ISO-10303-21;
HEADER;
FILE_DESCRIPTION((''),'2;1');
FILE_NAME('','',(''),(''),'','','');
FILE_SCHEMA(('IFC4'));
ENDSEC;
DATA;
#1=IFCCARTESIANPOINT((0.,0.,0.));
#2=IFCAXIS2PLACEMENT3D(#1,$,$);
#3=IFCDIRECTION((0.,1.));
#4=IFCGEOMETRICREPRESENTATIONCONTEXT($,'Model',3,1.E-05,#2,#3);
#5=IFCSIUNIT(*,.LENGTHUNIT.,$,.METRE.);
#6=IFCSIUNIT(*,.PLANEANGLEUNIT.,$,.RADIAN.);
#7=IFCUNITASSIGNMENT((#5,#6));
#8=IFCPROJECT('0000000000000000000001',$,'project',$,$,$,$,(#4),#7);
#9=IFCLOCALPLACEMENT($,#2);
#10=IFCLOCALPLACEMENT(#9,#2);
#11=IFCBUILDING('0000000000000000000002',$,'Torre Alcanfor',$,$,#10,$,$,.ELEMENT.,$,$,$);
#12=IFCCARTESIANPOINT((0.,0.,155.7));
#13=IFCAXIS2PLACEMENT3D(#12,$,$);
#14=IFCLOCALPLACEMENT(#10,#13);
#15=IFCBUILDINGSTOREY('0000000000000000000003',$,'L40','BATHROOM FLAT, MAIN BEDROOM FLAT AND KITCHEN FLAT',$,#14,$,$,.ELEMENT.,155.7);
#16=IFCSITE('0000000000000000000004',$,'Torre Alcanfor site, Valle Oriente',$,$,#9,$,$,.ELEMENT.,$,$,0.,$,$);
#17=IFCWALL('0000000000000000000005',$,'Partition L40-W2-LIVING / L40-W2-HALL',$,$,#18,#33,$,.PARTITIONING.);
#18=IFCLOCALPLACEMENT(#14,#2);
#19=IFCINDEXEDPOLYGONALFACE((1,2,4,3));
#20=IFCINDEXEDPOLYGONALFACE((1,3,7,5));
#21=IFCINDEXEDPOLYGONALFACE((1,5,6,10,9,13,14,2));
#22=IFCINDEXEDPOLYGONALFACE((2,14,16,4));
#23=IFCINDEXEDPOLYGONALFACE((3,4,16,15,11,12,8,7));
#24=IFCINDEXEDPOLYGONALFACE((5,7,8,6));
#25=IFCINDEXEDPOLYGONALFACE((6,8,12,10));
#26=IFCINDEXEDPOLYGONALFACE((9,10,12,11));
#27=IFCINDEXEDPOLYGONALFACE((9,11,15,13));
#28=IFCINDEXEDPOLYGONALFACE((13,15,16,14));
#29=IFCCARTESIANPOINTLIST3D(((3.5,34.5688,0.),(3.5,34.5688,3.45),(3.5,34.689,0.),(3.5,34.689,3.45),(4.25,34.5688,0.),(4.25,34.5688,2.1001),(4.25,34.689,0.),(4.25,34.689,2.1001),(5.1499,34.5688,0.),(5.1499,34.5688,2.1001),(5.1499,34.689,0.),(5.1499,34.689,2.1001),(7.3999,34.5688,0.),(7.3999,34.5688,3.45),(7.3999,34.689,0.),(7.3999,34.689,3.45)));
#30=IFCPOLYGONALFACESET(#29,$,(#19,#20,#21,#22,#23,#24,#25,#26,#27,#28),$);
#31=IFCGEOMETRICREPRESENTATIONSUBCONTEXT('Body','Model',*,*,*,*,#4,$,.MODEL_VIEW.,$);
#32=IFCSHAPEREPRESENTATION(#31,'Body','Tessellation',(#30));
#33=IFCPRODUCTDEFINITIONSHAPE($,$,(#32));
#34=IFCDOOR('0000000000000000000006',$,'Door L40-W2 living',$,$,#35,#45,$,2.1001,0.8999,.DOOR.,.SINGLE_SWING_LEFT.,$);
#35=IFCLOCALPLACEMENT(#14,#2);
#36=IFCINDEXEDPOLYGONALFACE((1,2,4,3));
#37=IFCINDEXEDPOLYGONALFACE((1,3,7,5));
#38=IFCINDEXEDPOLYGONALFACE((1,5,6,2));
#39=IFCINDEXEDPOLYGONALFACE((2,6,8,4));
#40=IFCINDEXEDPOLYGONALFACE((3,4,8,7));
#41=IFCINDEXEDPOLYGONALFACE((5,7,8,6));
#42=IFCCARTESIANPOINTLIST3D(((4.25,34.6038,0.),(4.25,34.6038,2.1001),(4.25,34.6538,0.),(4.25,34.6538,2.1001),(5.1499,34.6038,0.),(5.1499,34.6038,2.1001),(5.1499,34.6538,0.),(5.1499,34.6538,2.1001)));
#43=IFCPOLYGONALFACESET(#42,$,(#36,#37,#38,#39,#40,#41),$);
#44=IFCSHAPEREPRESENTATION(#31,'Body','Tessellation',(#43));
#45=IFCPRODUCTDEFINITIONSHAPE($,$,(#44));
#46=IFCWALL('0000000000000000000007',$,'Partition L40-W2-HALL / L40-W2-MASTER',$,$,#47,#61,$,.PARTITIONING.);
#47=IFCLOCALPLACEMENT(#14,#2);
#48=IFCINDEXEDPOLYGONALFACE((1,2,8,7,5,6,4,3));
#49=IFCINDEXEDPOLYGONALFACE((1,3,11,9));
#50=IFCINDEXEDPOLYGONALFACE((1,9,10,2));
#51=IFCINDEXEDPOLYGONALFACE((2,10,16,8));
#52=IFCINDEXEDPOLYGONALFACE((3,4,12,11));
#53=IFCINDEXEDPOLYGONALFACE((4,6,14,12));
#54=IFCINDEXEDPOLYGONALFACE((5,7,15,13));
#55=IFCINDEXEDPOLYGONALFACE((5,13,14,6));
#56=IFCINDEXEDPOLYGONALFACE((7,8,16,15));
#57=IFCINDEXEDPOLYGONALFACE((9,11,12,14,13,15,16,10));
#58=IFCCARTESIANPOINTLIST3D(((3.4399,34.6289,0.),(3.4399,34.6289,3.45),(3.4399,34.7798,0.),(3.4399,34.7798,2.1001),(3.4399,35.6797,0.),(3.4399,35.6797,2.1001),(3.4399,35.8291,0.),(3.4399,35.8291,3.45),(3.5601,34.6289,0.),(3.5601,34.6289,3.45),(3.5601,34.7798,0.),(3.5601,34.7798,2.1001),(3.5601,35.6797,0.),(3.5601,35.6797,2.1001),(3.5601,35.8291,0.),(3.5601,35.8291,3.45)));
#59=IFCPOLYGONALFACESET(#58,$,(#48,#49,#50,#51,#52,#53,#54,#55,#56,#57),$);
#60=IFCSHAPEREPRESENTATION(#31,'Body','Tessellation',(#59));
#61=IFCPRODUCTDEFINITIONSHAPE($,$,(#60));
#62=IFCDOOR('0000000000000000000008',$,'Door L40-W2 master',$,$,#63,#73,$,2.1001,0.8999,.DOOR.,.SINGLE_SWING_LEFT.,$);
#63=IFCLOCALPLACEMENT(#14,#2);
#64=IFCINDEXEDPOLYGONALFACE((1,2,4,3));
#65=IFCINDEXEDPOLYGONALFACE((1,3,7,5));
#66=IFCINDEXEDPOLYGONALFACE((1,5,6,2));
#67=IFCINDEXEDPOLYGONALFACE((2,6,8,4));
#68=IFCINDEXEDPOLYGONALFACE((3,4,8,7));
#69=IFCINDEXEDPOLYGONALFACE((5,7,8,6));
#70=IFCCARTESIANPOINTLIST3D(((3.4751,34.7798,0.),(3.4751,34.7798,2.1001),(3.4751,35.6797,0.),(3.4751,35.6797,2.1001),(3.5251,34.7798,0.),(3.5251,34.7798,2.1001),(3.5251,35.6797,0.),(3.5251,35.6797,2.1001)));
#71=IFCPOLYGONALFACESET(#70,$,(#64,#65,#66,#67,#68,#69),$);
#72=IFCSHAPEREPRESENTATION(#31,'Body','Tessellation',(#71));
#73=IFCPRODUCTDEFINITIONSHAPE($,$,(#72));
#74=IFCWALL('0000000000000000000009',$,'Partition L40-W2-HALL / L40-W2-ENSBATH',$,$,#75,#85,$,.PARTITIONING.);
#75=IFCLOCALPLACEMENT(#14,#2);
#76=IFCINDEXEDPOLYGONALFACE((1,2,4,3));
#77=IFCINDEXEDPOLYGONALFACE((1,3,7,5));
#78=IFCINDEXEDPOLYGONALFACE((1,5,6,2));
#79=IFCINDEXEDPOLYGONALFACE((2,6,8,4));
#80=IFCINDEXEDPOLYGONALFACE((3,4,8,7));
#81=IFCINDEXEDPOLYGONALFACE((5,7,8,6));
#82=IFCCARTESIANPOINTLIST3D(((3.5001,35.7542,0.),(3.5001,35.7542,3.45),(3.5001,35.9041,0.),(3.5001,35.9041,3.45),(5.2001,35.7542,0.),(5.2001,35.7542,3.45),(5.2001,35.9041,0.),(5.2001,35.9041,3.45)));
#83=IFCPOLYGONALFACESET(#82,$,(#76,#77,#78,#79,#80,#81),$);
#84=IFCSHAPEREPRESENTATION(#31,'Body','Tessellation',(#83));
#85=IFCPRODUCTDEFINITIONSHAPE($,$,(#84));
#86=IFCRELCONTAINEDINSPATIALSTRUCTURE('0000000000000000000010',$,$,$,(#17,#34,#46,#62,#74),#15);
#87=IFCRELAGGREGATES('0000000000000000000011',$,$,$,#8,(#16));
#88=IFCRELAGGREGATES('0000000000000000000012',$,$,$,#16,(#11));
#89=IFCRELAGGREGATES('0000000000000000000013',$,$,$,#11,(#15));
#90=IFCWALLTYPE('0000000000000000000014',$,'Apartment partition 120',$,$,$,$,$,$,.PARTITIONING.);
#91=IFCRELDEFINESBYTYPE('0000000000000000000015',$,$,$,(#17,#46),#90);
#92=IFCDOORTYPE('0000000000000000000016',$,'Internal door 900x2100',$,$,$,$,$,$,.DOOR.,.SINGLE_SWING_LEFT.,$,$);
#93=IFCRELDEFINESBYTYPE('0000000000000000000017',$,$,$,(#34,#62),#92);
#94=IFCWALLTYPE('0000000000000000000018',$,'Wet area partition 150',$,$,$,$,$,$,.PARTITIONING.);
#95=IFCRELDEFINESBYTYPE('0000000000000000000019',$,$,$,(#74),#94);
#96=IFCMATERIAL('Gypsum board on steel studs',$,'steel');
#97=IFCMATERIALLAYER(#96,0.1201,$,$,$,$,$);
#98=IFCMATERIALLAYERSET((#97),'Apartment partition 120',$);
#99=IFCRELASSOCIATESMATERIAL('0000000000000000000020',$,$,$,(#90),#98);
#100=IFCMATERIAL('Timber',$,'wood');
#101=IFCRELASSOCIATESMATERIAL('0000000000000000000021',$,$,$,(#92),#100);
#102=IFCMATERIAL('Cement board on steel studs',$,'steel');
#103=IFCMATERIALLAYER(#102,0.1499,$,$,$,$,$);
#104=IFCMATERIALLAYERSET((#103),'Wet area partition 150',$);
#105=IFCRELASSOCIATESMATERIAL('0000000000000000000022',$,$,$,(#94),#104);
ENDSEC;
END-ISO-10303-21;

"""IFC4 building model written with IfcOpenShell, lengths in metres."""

from ifc_helpers import new_model, si_unit, direction, frame, frame_2d, origin, place, context, subcontext, project, spatial, rectangle, extrude, material, layer, layer_set, type_object, element, fill, save


model = new_model("IFC4")

# Units and contexts
model_context = context("Model", 3, precision=1e-05, world=origin(), true_north=direction((0.0, 1.0)))
body_context = subcontext(model_context, "Body", "Model", "MODEL_VIEW")
ifc_project = project(units=[si_unit("LENGTHUNIT", "METRE"), si_unit("PLANEANGLEUNIT", "RADIAN")], contexts=[model_context])

# Site, building, storey
site_placement = place(None, origin())
site = spatial("IfcSite", under=ifc_project, at=site_placement, Name="Torre Alcanfor site, Valle Oriente", CompositionType="ELEMENT", RefElevation=0.0)
building_placement = place(site_placement, origin())
building = spatial("IfcBuilding", under=site, at=building_placement, Name="Torre Alcanfor", CompositionType="ELEMENT")
storey_placement = place(building_placement, frame((0.0, 0.0, 155.7)))
storey = spatial("IfcBuildingStorey", under=building, at=storey_placement, Name="L40", Description="BATHROOM FLAT, MAIN BEDROOM FLAT AND KITCHEN FLAT", CompositionType="ELEMENT", Elevation=155.7)

# Walls, openings, doors
ifc_material_1 = material(Name="Gypsum board on steel studs", Category="steel")
ifc_layer_1 = layer(ifc_material_1, 0.1201)
ifc_layer_set_1 = layer_set([ifc_layer_1], Name="Apartment partition 120")
wall_type_1 = type_object("IfcWallType", Name="Apartment partition 120", PredefinedType="PARTITIONING", material=ifc_layer_set_1)
wall_1_placement = place(storey_placement, frame((3.5, 34.6289, 0.0), z_axis=(0.0, 0.0, 1.0), x_axis=(1.0, 0.0, 0.0)))
wall_1 = element("IfcWall", 1, at=wall_1_placement, inside=storey, type_object=wall_type_1, Name="Partition L40-W2-LIVING / L40-W2-HALL", PredefinedType="PARTITIONING", context=body_context, shape_type="SweptSolid", body=[
    extrude(rectangle(XDim=3.8999, YDim=0.1201, at=frame_2d((1.95, 0.0))), origin(), (0.0, 0.0, 1.0), 3.45),
])
opening_1_placement = place(wall_1_placement, frame((0.75, 0.0, 0.0)))
opening_1 = element("IfcOpeningElement", 2, at=opening_1_placement, cuts=wall_1, PredefinedType="OPENING", context=body_context, shape_type="SweptSolid", body=[
    extrude(rectangle(XDim=0.8999, YDim=2.1001, at=frame_2d((0.45, 1.05))), frame((0.0, 0.0701, 0.0), z_axis=(0.0, -1.0, 0.0), x_axis=(1.0, 0.0, 0.0)), (0.0, 0.0, 1.0), 0.1401),
])
ifc_material_2 = material(Name="Timber", Category="wood")
door_type = type_object("IfcDoorType", Name="Internal door 900x2100", OperationType="SINGLE_SWING_LEFT", PredefinedType="DOOR", material=ifc_material_2)
door_1_placement = place(opening_1_placement, frame((0.8999, 0.0, 0.0), z_axis=(0.0, 0.0, 1.0), x_axis=(-1.0, 0.0, 0.0)))
door_1 = element("IfcDoor", 3, at=door_1_placement, inside=storey, type_object=door_type, Name="Door L40-W2 living", OperationType="SINGLE_SWING_LEFT", OverallHeight=2.1001, OverallWidth=0.8999, PredefinedType="DOOR", context=body_context, shape_type="SweptSolid", body=[
    extrude(rectangle(XDim=0.8999, YDim=2.1001, at=frame_2d((0.45, 1.05))), frame((0.0, 0.0251, 0.0), z_axis=(0.0, -1.0, 0.0), x_axis=(1.0, 0.0, 0.0)), (0.0, 0.0, 1.0), 0.05),
])
fill(opening_1, door_1)
wall_2_placement = place(storey_placement, frame((3.5, 34.6289, 0.0), z_axis=(0.0, 0.0, 1.0), x_axis=(0.0, 1.0, 0.0)))
wall_2 = element("IfcWall", 4, at=wall_2_placement, inside=storey, type_object=wall_type_1, Name="Partition L40-W2-HALL / L40-W2-MASTER", PredefinedType="PARTITIONING", context=body_context, shape_type="SweptSolid", body=[
    extrude(rectangle(XDim=1.2002, YDim=0.1201, at=frame_2d((0.6001, 0.0))), origin(), (0.0, 0.0, 1.0), 3.45),
])
opening_2_placement = place(wall_2_placement, frame((0.1509, 0.0, 0.0)))
opening_2 = element("IfcOpeningElement", 5, at=opening_2_placement, cuts=wall_2, PredefinedType="OPENING", context=body_context, shape_type="SweptSolid", body=[
    extrude(rectangle(XDim=0.8999, YDim=2.1001, at=frame_2d((0.45, 1.05))), frame((0.0, 0.0701, 0.0), z_axis=(0.0, -1.0, 0.0), x_axis=(1.0, 0.0, 0.0)), (0.0, 0.0, 1.0), 0.1401),
])
door_2_placement = place(opening_2_placement, origin())
door_2 = element("IfcDoor", 6, at=door_2_placement, inside=storey, type_object=door_type, Name="Door L40-W2 master", OperationType="SINGLE_SWING_LEFT", OverallHeight=2.1001, OverallWidth=0.8999, PredefinedType="DOOR", context=body_context, shape_type="SweptSolid", body=[
    extrude(rectangle(XDim=0.8999, YDim=2.1001, at=frame_2d((0.45, 1.05))), frame((0.0, 0.0249, 0.0), z_axis=(0.0, -1.0, 0.0), x_axis=(1.0, 0.0, 0.0)), (0.0, 0.0, 1.0), 0.05),
])
fill(opening_2, door_2)

# Wall
ifc_material_3 = material(Name="Cement board on steel studs", Category="steel")
ifc_layer_2 = layer(ifc_material_3, 0.1499)
ifc_layer_set_2 = layer_set([ifc_layer_2], Name="Wet area partition 150")
wall_type_2 = type_object("IfcWallType", Name="Wet area partition 150", PredefinedType="PARTITIONING", material=ifc_layer_set_2)
wall_3_placement = place(storey_placement, frame((3.5, 35.8291, 0.0), z_axis=(0.0, 0.0, 1.0), x_axis=(1.0, 0.0, 0.0)))
element("IfcWall", 7, at=wall_3_placement, inside=storey, type_object=wall_type_2, Name="Partition L40-W2-HALL / L40-W2-ENSBATH", PredefinedType="PARTITIONING", context=body_context, shape_type="SweptSolid", body=[
    extrude(rectangle(XDim=1.7, YDim=0.1499, at=frame_2d((0.8501, 0.0))), origin(), (0.0, 0.0, 1.0), 3.45),
])

save(model, "model.ifc")
